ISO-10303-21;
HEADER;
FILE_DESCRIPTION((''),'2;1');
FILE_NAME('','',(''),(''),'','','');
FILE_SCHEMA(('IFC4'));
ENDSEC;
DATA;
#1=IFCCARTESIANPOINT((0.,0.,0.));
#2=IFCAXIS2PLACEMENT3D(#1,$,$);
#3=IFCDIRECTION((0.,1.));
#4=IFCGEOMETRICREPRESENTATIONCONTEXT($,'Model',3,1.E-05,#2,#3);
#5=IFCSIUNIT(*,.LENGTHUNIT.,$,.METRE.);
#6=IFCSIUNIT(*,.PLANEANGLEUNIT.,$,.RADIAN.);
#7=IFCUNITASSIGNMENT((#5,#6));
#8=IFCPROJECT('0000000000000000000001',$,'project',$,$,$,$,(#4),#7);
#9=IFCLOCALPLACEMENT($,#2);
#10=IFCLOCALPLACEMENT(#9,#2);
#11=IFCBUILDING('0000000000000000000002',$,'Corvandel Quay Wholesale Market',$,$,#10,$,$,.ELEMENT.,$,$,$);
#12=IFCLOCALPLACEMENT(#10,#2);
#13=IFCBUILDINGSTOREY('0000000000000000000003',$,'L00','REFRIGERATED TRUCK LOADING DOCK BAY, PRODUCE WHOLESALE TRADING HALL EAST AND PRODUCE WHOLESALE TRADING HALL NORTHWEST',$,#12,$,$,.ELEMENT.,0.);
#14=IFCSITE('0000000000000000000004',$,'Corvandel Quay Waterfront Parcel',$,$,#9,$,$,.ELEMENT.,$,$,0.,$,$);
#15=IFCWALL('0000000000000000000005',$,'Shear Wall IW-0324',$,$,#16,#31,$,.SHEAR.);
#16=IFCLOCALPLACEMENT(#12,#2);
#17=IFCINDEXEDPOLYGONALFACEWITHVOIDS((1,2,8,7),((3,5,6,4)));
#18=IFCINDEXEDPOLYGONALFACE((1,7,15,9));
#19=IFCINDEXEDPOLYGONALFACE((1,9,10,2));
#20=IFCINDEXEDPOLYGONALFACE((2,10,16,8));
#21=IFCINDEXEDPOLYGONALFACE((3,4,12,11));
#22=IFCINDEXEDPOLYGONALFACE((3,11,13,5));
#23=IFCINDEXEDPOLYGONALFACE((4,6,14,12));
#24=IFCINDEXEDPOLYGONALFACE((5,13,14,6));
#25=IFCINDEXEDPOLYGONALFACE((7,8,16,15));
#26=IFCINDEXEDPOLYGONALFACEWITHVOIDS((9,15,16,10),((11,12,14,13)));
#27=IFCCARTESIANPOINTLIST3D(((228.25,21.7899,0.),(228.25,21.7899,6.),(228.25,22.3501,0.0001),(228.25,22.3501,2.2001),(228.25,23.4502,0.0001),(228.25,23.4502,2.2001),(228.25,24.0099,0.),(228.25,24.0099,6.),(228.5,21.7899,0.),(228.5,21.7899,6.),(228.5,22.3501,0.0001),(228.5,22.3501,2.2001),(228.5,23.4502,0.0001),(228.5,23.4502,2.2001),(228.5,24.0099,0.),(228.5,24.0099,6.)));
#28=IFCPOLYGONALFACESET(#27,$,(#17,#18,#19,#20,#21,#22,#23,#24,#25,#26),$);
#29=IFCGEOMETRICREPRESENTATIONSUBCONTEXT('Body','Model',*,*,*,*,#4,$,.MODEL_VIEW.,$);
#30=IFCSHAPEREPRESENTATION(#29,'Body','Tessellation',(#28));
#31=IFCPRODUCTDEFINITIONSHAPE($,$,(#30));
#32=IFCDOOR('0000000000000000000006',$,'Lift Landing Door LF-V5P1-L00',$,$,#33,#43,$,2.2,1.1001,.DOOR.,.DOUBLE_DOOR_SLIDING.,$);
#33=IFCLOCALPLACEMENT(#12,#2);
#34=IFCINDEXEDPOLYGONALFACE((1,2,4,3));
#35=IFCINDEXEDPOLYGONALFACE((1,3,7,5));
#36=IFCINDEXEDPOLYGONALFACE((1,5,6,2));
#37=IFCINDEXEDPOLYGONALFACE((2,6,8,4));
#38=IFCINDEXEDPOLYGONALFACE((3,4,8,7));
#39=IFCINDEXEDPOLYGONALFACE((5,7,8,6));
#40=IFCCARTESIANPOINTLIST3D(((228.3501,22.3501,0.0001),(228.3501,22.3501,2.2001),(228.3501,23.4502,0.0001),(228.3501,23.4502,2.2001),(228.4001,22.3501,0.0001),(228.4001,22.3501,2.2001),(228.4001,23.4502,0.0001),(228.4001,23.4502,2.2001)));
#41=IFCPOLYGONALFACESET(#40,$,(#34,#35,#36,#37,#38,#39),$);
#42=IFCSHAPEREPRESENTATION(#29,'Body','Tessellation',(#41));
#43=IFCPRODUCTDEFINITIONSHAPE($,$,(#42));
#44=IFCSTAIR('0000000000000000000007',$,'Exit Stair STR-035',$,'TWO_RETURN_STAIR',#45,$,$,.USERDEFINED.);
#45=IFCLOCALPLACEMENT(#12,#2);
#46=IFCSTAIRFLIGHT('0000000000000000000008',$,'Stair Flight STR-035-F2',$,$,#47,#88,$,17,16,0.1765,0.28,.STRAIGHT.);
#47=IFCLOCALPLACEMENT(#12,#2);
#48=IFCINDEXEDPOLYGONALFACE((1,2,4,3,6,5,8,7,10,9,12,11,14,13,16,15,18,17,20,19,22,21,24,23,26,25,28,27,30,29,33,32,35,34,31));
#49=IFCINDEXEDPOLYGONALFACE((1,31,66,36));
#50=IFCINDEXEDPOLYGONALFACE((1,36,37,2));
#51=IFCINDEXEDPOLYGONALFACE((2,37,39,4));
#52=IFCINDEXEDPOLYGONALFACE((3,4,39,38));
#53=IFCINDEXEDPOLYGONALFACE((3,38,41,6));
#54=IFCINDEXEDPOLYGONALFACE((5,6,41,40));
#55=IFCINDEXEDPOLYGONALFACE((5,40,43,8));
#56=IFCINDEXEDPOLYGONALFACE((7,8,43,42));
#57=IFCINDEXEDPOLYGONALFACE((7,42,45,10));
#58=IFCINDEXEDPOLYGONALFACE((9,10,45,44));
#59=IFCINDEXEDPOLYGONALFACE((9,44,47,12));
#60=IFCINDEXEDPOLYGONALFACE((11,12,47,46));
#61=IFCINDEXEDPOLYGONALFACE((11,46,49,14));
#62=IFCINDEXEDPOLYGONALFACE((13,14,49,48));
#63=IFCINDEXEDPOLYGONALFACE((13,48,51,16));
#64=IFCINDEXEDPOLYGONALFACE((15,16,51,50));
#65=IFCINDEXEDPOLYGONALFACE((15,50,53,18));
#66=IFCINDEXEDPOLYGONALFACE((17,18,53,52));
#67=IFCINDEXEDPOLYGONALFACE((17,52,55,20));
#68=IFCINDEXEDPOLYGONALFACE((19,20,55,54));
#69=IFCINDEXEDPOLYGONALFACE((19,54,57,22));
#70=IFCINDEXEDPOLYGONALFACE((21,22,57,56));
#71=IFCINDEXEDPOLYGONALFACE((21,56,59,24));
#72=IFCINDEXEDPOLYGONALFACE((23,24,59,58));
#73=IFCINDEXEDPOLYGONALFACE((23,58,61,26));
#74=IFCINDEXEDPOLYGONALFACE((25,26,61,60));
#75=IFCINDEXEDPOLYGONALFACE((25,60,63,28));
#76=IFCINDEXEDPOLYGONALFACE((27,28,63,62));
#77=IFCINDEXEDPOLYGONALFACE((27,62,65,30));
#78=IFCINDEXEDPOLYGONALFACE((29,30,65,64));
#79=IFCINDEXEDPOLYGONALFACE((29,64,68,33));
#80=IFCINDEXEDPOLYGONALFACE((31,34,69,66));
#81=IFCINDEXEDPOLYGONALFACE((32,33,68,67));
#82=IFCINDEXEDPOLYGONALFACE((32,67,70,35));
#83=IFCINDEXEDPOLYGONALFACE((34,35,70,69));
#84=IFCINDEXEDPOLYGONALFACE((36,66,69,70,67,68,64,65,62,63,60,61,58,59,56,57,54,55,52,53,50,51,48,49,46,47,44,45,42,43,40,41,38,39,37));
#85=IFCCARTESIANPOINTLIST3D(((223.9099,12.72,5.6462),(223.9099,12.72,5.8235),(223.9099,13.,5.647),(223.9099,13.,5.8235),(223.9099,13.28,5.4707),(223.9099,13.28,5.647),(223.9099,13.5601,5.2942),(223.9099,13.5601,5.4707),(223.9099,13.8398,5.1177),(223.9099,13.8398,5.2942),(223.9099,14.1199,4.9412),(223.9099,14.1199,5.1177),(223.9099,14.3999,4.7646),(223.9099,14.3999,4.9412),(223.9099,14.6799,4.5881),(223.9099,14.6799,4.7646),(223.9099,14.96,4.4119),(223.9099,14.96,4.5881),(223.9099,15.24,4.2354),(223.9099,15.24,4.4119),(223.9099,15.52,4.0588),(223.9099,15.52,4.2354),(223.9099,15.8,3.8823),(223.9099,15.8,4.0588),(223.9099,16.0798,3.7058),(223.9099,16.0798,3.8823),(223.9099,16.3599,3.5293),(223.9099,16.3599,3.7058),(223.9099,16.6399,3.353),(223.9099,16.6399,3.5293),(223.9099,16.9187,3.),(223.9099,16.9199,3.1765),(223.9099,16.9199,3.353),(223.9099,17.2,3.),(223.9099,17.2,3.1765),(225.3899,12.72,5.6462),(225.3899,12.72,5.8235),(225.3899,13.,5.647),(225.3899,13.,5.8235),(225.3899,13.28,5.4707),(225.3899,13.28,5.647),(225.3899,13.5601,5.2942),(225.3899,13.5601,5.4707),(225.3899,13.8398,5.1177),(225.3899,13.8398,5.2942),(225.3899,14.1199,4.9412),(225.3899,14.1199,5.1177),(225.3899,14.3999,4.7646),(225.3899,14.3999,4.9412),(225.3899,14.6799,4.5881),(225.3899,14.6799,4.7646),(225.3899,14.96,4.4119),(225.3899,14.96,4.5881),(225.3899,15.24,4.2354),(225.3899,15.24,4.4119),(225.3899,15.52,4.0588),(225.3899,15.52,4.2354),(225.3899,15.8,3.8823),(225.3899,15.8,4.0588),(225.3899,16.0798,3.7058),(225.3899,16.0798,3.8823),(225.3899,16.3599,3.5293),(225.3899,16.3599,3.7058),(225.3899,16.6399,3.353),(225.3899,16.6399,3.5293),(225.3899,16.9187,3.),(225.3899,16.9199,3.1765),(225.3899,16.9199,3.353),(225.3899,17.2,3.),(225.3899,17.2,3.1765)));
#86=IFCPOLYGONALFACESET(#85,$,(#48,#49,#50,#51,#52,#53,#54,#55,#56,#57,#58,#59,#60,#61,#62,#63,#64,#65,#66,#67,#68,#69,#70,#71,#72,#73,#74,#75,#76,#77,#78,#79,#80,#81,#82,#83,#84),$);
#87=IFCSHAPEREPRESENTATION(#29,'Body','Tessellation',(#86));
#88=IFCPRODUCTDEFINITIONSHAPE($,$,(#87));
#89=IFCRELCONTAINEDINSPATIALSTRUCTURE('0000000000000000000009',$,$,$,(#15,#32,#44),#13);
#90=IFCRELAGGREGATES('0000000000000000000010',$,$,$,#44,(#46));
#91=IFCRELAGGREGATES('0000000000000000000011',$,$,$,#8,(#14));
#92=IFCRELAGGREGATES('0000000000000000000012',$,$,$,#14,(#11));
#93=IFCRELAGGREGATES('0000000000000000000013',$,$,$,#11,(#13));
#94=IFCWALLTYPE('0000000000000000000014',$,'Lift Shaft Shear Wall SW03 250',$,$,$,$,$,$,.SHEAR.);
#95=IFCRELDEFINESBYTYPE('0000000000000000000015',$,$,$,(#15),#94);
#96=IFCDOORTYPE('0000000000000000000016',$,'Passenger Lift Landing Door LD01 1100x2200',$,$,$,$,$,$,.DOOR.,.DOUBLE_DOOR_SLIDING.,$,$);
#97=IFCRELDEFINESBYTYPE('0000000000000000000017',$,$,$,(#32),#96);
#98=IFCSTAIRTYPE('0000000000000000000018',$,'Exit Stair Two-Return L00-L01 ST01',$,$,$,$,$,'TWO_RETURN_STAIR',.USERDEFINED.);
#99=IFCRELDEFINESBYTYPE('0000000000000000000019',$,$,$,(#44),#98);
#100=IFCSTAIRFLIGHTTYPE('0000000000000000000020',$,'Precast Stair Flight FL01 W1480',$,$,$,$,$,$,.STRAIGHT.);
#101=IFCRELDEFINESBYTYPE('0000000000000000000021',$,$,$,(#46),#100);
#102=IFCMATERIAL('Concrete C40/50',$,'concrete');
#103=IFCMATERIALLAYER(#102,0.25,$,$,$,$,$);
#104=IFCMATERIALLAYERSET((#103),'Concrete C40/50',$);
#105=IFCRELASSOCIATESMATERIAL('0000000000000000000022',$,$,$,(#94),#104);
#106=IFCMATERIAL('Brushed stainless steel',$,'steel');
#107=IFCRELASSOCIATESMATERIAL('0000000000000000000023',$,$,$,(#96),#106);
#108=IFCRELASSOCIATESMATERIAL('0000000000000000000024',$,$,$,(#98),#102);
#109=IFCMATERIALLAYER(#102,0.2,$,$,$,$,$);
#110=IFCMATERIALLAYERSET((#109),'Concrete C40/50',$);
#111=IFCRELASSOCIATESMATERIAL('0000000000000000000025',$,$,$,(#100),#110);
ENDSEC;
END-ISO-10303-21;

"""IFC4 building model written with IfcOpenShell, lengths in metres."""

from ifc_helpers import new_model, si_unit, direction, frame, frame_2d, origin, place, context, subcontext, project, spatial, polyline, rectangle, outline, extrude, material, layer, layer_set, type_object, element, fill, aggregate, save


model = new_model("IFC4")

# Units and contexts
model_context = context("Model", 3, precision=1e-05, world=origin(), true_north=direction((0.0, 1.0)))
body_context = subcontext(model_context, "Body", "Model", "MODEL_VIEW")
ifc_project = project(units=[si_unit("LENGTHUNIT", "METRE"), si_unit("PLANEANGLEUNIT", "RADIAN")], contexts=[model_context])

# Site, building, storey
site_placement = place(None, origin())
site = spatial("IfcSite", under=ifc_project, at=site_placement, Name="Corvandel Quay Waterfront Parcel", CompositionType="ELEMENT", RefElevation=0.0)
building_placement = place(site_placement, origin())
building = spatial("IfcBuilding", under=site, at=building_placement, Name="Corvandel Quay Wholesale Market", CompositionType="ELEMENT")
storey_placement = place(building_placement, origin())
storey = spatial("IfcBuildingStorey", under=building, at=storey_placement, Name="L00", Description="REFRIGERATED TRUCK LOADING DOCK BAY, PRODUCE WHOLESALE TRADING HALL EAST AND PRODUCE WHOLESALE TRADING HALL NORTHWEST", CompositionType="ELEMENT", Elevation=0.0)

# Shared definitions
ifc_material_1 = material(Name="Concrete C40/50", Category="concrete")

# Shared definitions
ifc_layer_1 = layer(ifc_material_1, 0.25)
ifc_layer_set_1 = layer_set([ifc_layer_1], Name="Concrete C40/50")
wall_type_1 = type_object("IfcWallType", Name="Lift Shaft Shear Wall SW03 250", PredefinedType="SHEAR", material=ifc_layer_set_1)

# Wall, opening, door
wall_1_placement = place(storey_placement, frame((228.375, 21.79, 0.0), z_axis=(0.0, 0.0, 1.0), x_axis=(0.0, 1.0, 0.0)))
wall_1 = element("IfcWall", 1, at=wall_1_placement, inside=storey, type_object=wall_type_1, Name="Shear Wall IW-0324", PredefinedType="SHEAR", context=body_context, shape_type="SweptSolid", body=[
    extrude(rectangle(XDim=2.22, YDim=0.25, at=frame_2d((1.1099, 0.0))), origin(), (0.0, 0.0, 1.0), 6.0),
])
opening_placement = place(wall_1_placement, frame((0.5601, 0.0, 0.0)))
opening = element("IfcOpeningElement", 2, at=opening_placement, cuts=wall_1, PredefinedType="OPENING", context=body_context, shape_type="SweptSolid", body=[
    extrude(rectangle(XDim=1.1001, YDim=2.2, at=frame_2d((0.55, 1.1001))), frame((0.0, 0.135, 0.0), z_axis=(0.0, -1.0, 0.0), x_axis=(1.0, 0.0, 0.0)), (0.0, 0.0, 1.0), 0.27),
])
ifc_material_2 = material(Name="Brushed stainless steel", Category="steel")
door_type = type_object("IfcDoorType", Name="Passenger Lift Landing Door LD01 1100x2200", OperationType="DOUBLE_DOOR_SLIDING", PredefinedType="DOOR", material=ifc_material_2)
door_placement = place(opening_placement, origin())
door = element("IfcDoor", 3, at=door_placement, inside=storey, type_object=door_type, Name="Lift Landing Door LF-V5P1-L00", OperationType="DOUBLE_DOOR_SLIDING", OverallHeight=2.2, OverallWidth=1.1001, PredefinedType="DOOR", context=body_context, shape_type="SweptSolid", body=[
    extrude(rectangle(XDim=1.1001, YDim=2.2, at=frame_2d((0.55, 1.1001))), frame((0.0, 0.0249, 0.0), z_axis=(0.0, -1.0, 0.0), x_axis=(1.0, 0.0, 0.0)), (0.0, 0.0, 1.0), 0.05),
])
fill(opening, door)

# Stair, stair flight
stair_type = type_object("IfcStairType", Name="Exit Stair Two-Return L00-L01 ST01", ElementType="TWO_RETURN_STAIR", PredefinedType="USERDEFINED", material=ifc_material_1)
stair_placement = place(storey_placement, origin())
stair = element("IfcStair", 4, at=stair_placement, inside=storey, type_object=stair_type, Name="Exit Stair STR-035", ObjectType="TWO_RETURN_STAIR", PredefinedType="USERDEFINED")
ifc_layer_2 = layer(ifc_material_1, 0.2)
ifc_layer_set_2 = layer_set([ifc_layer_2], Name="Concrete C40/50")
stair_flight_type = type_object("IfcStairFlightType", Name="Precast Stair Flight FL01 W1480", PredefinedType="STRAIGHT", material=ifc_layer_set_2)
stair_flight_placement = place(storey_placement, frame((224.6499, 17.2, 3.0), z_axis=(0.0, 0.0, 1.0), x_axis=(0.0, -1.0, 0.0)))
stair_flight = element("IfcStairFlight", 5, at=stair_flight_placement, type_object=stair_flight_type, Name="Stair Flight STR-035-F2", NumberOfRisers=17, NumberOfTreads=16, PredefinedType="STRAIGHT", RiserHeight=0.1765, TreadLength=0.28, context=body_context, shape_type="SweptSolid", body=[
    extrude(outline(polyline([(0.0, 0.0), (0.0, 0.1765), (0.28, 0.1765), (0.28, 0.353), (0.5601, 0.353), (0.5601, 0.5293), (0.8401, 0.5293), (0.8401, 0.7058), (1.1201, 0.7058), (1.1201, 0.8823), (1.3999, 0.8823), (1.3999, 1.0588), (1.6799, 1.0588), (1.6799, 1.2354), (1.96, 1.2354), (1.96, 1.4119), (2.24, 1.4119), (2.24, 1.5881), (2.52, 1.5881), (2.52, 1.7646), (2.8, 1.7646), (2.8, 1.9412), (3.0801, 1.9412), (3.0801, 2.1177), (3.3601, 2.1177), (3.3601, 2.2942), (3.6399, 2.2942), (3.6399, 2.4707), (3.9199, 2.4707), (3.9199, 2.647), (4.2, 2.647), (4.2, 2.8235), (4.48, 2.8235), (4.48, 3.0), (4.48, 2.6462), (0.2812, 0.0), (0.0, 0.0)])), frame((0.0, 0.74, 0.0), z_axis=(0.0, -1.0, 0.0), x_axis=(1.0, 0.0, 0.0)), (0.0, 0.0, 1.0), 1.48),
])
aggregate(stair, [stair_flight])

save(model, "model.ifc")
